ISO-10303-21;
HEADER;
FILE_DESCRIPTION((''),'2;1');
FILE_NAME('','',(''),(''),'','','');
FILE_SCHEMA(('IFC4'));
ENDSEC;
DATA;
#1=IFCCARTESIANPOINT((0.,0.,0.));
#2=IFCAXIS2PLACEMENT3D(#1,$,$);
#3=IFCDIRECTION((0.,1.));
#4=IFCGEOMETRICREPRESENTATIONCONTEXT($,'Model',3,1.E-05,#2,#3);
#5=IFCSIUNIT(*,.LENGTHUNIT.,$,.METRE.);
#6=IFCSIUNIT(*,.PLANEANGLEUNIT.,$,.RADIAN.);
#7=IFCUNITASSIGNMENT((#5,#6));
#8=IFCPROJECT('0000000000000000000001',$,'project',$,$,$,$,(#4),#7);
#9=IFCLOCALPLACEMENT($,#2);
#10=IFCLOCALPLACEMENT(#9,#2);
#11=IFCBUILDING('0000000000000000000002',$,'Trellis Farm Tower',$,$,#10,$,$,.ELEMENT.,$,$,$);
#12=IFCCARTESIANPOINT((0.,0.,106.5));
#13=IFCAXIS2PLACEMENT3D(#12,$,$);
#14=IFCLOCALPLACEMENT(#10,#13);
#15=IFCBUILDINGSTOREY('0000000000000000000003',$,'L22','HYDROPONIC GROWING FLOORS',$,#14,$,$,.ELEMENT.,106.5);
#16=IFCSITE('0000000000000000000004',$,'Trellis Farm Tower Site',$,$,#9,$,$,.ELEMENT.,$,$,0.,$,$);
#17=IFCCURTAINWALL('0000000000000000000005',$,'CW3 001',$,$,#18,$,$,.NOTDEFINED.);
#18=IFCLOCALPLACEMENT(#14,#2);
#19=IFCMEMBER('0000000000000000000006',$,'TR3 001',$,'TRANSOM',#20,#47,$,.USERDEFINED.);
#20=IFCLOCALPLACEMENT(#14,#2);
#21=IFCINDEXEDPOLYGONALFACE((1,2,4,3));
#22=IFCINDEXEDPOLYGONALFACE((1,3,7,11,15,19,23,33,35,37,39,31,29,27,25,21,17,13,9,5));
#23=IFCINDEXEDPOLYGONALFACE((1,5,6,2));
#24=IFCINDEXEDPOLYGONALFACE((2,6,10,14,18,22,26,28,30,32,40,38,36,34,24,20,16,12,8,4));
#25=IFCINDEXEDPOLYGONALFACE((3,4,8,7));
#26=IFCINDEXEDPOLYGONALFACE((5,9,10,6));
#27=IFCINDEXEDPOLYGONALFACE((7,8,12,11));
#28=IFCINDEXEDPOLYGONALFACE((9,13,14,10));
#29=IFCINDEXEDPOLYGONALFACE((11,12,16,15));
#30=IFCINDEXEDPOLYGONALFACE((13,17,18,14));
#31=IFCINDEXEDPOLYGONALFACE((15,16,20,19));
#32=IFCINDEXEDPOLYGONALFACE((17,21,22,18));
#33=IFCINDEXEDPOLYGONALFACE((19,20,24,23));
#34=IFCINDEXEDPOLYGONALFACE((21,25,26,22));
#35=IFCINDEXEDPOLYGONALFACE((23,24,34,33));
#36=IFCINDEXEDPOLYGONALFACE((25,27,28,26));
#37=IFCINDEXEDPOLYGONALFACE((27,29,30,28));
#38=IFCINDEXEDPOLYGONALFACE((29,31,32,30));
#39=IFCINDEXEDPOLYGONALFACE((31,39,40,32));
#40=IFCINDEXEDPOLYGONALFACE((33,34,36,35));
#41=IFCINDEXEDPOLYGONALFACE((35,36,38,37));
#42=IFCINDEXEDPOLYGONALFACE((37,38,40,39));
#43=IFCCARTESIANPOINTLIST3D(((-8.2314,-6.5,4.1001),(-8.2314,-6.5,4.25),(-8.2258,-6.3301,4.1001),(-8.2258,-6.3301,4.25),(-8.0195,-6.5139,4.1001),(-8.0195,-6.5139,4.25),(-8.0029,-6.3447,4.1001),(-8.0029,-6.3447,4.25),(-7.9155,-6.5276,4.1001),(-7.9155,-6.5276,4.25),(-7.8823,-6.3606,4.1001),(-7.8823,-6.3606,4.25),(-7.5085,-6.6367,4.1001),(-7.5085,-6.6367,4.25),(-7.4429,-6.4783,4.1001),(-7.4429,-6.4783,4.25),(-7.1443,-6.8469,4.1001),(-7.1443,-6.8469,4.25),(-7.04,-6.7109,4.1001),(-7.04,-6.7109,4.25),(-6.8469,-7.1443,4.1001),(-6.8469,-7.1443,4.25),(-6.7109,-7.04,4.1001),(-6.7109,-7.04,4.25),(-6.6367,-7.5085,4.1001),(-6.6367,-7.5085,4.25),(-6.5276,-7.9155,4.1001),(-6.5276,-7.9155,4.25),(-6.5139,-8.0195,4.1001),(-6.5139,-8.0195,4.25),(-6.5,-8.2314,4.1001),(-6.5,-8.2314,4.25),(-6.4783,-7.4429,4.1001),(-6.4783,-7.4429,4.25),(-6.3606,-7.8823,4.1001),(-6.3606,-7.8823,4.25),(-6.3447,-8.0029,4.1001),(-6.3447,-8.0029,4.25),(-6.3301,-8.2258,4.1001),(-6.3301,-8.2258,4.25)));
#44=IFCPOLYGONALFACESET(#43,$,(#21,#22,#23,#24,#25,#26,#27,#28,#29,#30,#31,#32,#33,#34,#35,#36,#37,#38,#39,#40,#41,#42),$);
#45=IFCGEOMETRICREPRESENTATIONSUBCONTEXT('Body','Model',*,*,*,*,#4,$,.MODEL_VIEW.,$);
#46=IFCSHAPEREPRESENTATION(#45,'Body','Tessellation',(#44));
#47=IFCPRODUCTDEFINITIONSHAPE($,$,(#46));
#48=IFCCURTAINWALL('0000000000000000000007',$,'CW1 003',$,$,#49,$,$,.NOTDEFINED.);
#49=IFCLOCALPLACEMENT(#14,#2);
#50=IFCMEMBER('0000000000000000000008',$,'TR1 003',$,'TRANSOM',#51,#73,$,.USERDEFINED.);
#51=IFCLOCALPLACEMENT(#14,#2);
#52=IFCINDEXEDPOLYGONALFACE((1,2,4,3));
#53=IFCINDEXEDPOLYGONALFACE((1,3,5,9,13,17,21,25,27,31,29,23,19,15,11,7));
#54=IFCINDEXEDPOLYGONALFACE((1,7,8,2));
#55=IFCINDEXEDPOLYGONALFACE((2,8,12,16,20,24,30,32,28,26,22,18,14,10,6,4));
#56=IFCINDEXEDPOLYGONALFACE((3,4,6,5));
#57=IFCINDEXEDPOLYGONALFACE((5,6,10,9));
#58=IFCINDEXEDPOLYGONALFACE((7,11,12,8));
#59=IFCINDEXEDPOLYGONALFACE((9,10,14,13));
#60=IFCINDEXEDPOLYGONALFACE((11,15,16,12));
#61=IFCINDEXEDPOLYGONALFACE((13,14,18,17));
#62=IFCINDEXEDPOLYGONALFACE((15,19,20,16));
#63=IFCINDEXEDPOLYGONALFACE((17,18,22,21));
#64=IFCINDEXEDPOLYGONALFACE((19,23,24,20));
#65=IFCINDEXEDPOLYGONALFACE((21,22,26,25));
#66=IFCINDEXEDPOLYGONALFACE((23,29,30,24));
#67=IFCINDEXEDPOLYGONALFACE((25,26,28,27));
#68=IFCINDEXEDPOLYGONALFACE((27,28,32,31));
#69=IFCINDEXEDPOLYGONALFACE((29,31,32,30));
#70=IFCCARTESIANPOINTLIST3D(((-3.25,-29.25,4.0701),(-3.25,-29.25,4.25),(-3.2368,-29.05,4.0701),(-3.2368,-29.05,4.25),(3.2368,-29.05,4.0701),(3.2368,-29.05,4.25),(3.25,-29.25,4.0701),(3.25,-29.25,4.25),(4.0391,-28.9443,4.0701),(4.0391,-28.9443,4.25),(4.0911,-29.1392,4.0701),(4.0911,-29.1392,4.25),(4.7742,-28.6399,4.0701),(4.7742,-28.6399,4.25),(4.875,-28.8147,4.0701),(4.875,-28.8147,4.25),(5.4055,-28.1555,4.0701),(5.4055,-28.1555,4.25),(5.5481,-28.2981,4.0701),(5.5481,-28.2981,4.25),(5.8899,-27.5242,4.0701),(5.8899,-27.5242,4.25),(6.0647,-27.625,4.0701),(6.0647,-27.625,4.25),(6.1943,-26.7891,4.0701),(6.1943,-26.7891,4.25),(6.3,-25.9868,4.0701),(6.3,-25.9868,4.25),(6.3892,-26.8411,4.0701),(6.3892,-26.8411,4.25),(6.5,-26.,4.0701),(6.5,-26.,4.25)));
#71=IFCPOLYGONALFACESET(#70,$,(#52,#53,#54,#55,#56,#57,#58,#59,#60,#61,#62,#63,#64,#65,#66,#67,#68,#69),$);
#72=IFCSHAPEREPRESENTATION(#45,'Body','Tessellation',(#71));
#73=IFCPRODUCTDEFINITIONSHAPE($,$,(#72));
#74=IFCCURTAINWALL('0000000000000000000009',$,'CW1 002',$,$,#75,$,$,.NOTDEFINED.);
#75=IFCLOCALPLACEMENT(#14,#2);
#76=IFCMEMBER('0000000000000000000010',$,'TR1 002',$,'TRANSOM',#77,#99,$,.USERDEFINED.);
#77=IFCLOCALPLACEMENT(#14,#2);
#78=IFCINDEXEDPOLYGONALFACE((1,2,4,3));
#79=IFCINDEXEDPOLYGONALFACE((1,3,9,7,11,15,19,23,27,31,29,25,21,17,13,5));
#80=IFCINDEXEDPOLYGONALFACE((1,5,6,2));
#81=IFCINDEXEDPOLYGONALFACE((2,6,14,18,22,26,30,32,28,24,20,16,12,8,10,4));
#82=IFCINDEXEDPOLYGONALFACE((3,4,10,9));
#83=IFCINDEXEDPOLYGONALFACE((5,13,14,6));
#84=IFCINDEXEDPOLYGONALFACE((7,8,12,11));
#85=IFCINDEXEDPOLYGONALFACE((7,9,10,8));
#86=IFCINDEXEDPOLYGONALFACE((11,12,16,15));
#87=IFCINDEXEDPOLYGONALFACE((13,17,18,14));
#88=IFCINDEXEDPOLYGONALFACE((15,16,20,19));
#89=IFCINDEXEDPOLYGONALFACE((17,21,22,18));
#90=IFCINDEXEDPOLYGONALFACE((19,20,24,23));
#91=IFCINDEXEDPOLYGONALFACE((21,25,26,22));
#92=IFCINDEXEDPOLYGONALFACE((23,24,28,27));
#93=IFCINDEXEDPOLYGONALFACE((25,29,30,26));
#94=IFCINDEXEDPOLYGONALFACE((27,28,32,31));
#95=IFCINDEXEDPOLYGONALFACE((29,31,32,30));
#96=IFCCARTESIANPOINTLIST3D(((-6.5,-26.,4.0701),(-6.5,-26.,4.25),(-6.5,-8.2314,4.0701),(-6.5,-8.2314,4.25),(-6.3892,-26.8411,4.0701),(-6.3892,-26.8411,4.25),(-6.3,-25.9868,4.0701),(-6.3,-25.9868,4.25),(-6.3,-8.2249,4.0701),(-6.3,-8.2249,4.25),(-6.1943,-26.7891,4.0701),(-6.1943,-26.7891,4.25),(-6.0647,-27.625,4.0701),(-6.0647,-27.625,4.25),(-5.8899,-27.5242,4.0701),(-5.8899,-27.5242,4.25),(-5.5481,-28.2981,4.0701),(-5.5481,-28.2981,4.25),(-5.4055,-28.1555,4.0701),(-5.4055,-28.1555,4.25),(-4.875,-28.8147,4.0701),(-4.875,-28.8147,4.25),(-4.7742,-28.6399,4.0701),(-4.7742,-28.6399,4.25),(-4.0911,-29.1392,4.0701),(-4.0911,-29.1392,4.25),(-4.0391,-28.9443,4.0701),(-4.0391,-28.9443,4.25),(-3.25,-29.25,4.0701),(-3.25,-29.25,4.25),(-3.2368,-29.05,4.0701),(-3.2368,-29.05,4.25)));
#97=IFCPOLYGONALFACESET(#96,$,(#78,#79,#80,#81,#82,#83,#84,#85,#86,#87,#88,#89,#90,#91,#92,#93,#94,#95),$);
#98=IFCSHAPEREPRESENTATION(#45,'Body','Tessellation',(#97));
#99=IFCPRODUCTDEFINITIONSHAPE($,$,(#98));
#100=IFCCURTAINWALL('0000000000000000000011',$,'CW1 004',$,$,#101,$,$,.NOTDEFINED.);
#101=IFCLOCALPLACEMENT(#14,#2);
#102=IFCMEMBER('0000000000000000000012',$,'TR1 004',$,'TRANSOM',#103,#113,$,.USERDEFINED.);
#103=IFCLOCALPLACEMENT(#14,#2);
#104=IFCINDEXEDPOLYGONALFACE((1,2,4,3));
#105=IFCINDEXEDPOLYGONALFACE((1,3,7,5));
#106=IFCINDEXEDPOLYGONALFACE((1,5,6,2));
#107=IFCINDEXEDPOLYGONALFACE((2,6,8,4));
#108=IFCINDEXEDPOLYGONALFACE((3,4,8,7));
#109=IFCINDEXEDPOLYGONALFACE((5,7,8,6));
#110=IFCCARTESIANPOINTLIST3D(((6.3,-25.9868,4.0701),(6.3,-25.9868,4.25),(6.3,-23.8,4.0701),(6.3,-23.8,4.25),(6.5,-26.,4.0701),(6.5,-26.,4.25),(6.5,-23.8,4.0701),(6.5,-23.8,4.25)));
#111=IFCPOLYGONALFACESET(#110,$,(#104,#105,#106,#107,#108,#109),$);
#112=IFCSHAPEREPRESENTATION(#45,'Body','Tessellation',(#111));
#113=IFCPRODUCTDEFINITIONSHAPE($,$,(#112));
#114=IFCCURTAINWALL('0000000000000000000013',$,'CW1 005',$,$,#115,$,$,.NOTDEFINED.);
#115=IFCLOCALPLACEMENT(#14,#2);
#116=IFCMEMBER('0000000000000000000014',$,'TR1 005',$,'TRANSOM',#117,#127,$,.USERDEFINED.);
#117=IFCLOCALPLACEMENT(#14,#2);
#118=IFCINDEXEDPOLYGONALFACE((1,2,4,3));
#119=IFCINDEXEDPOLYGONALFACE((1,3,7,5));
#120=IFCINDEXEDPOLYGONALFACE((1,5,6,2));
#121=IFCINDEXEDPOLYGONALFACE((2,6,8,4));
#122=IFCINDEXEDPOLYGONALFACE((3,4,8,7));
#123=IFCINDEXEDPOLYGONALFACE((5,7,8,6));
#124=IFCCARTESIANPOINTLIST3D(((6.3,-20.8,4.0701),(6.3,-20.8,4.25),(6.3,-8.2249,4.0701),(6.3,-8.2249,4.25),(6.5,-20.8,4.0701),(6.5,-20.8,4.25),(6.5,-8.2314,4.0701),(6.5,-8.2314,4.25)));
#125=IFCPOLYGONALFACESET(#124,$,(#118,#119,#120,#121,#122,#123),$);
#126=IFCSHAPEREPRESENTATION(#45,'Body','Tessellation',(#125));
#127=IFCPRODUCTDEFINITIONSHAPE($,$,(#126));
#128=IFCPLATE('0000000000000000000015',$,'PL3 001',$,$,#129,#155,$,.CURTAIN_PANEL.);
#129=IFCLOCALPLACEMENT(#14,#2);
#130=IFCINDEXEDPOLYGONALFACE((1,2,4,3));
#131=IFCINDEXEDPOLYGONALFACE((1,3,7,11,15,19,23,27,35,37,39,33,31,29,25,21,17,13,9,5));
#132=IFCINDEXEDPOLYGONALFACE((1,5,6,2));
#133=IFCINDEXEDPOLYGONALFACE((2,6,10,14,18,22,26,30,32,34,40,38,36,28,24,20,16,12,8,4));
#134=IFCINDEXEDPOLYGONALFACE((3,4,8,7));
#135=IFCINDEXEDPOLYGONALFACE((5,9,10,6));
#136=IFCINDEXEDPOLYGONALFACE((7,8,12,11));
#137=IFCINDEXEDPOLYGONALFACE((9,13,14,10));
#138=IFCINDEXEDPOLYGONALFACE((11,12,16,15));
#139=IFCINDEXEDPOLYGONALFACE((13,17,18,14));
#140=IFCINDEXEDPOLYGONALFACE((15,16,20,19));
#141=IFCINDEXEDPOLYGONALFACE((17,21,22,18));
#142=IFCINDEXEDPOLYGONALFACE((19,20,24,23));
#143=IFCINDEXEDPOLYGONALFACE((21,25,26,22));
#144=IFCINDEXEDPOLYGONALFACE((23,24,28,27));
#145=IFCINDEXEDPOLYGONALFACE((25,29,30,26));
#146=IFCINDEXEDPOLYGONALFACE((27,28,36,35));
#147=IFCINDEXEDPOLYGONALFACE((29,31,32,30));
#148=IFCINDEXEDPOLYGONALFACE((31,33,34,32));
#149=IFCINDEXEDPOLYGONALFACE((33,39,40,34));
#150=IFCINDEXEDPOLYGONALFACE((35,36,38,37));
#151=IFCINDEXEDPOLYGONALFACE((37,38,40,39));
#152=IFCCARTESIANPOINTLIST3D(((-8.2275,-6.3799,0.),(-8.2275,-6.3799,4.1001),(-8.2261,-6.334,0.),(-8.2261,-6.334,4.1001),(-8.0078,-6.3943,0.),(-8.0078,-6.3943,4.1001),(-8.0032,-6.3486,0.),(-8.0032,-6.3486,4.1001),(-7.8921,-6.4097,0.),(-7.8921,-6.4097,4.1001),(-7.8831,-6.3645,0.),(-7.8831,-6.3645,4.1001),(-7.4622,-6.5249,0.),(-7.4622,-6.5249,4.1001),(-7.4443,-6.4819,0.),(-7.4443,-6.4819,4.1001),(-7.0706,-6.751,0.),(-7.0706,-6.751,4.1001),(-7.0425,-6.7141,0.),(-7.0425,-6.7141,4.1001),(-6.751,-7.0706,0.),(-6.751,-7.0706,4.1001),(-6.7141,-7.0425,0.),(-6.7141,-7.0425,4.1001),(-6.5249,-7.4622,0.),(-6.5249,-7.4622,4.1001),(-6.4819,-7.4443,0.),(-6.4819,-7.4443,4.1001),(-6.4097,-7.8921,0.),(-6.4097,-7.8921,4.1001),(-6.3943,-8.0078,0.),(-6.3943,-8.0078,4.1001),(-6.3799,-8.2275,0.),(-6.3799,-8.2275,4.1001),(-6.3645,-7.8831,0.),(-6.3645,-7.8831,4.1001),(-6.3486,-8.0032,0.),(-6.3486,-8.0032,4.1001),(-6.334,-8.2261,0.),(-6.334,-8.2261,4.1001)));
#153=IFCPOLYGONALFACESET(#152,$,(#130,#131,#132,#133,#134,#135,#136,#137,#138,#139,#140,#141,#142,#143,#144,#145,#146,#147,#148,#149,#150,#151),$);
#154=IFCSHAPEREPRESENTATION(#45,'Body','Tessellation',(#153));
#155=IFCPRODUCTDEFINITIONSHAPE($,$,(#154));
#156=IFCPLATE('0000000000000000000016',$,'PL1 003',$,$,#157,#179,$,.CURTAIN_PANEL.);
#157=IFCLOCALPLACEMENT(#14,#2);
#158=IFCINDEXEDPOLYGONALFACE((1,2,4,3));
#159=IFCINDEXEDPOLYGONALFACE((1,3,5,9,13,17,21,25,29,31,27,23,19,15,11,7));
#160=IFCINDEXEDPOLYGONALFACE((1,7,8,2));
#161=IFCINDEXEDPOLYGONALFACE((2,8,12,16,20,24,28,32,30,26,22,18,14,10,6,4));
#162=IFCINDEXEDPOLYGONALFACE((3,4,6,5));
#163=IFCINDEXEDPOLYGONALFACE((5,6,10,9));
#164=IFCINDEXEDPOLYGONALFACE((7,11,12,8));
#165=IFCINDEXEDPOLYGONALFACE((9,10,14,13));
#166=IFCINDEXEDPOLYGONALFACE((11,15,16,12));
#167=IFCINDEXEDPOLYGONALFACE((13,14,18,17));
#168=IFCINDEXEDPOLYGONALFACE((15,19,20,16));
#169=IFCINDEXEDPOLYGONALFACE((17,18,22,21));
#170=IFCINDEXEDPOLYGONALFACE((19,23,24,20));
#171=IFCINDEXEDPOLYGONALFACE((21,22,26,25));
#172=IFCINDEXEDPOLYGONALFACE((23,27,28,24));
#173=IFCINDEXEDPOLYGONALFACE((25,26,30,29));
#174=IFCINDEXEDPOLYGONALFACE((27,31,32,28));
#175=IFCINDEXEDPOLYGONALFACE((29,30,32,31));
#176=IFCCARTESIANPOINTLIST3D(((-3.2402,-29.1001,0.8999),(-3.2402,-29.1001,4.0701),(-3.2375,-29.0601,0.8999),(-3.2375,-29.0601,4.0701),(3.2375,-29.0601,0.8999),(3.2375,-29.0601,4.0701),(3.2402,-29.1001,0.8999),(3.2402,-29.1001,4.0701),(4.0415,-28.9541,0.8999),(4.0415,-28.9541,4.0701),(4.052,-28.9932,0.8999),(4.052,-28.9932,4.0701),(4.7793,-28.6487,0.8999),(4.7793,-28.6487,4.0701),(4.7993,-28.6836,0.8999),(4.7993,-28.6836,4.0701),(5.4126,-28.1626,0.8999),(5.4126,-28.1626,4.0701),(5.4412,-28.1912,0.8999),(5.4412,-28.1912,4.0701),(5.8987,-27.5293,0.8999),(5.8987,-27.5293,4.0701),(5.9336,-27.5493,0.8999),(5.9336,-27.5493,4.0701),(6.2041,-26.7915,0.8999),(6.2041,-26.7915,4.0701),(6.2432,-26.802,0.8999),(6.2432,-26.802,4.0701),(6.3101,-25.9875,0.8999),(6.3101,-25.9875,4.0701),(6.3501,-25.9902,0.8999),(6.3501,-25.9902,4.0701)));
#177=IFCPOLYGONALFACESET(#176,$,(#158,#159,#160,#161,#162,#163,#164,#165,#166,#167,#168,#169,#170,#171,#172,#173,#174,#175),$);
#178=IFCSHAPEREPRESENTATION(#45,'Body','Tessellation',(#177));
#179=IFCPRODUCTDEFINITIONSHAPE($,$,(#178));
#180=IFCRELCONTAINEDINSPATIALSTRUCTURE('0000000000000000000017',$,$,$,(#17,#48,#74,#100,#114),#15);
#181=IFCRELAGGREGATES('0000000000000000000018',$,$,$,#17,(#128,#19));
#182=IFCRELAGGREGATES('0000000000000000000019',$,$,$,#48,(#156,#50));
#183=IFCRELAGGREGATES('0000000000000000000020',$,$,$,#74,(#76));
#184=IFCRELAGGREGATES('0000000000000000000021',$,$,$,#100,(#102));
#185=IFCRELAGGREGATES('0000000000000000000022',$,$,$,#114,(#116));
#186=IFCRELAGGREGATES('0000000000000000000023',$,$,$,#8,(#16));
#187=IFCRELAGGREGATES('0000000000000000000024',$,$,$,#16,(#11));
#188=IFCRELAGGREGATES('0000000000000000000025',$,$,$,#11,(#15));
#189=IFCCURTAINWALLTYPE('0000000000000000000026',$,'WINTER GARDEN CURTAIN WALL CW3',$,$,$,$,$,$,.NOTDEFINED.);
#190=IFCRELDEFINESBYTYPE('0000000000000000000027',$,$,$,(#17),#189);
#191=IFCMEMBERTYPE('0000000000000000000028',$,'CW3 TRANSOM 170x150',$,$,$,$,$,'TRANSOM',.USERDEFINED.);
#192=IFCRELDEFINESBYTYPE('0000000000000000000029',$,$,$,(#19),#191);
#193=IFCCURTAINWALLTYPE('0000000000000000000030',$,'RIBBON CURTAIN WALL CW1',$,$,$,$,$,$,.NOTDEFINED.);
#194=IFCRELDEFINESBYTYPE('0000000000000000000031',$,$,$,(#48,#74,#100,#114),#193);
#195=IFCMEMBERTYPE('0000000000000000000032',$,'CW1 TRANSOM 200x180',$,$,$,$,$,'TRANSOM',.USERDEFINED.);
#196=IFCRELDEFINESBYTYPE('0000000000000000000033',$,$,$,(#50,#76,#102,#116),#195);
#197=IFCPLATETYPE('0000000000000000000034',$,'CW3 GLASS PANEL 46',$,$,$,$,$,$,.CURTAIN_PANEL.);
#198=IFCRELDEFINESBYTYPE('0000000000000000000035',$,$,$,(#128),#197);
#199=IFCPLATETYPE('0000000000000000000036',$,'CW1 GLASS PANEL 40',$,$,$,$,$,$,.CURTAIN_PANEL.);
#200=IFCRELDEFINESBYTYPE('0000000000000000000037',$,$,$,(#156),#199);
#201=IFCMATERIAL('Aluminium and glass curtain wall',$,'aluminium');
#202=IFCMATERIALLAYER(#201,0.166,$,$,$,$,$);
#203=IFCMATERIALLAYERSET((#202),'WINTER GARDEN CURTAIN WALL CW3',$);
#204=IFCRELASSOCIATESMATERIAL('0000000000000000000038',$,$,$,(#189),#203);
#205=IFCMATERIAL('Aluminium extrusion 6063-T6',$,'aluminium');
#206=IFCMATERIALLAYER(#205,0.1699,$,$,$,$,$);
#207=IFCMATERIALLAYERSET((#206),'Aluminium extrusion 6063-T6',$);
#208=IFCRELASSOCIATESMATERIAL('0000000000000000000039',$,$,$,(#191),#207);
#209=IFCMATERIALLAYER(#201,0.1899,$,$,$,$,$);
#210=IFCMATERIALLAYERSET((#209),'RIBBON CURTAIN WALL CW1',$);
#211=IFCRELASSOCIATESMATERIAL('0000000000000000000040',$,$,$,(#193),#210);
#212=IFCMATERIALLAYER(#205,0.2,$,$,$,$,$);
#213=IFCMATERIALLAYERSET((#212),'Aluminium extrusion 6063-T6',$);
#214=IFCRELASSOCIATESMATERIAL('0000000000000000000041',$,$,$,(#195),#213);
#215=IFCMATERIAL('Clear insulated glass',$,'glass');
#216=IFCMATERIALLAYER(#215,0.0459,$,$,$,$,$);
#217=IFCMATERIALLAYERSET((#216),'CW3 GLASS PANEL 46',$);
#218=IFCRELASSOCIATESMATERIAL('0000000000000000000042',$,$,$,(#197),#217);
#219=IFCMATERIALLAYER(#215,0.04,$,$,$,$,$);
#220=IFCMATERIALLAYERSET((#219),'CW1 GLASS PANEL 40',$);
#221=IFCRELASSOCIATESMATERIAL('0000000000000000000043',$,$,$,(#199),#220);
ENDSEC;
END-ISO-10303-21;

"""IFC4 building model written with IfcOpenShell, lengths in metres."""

from ifc_helpers import new_model, si_unit, direction, frame, origin, place, context, subcontext, project, spatial, polyline, outline, extrude, source, transform, mapped, material, layer, layer_set, type_object, element, aggregate, save


model = new_model("IFC4")

# Units and contexts
model_context = context("Model", 3, precision=1e-05, world=origin(), true_north=direction((0.0, 1.0)))
body_context = subcontext(model_context, "Body", "Model", "MODEL_VIEW")
ifc_project = project(units=[si_unit("LENGTHUNIT", "METRE"), si_unit("PLANEANGLEUNIT", "RADIAN")], contexts=[model_context])

# Site, building, storey
site_placement = place(None, origin())
site = spatial("IfcSite", under=ifc_project, at=site_placement, Name="Trellis Farm Tower Site", CompositionType="ELEMENT", RefElevation=0.0)
building_placement = place(site_placement, origin())
building = spatial("IfcBuilding", under=site, at=building_placement, Name="Trellis Farm Tower", CompositionType="ELEMENT")
storey_placement = place(building_placement, frame((0.0, 0.0, 106.5)))
storey = spatial("IfcBuildingStorey", under=building, at=storey_placement, Name="L22", Description="HYDROPONIC GROWING FLOORS", CompositionType="ELEMENT", Elevation=106.5)

# Curtain walls, members
ifc_material_1 = material(Name="Aluminium and glass curtain wall", Category="aluminium")
ifc_layer_1 = layer(ifc_material_1, 0.166)
ifc_layer_set_1 = layer_set([ifc_layer_1], Name="WINTER GARDEN CURTAIN WALL CW3")
curtain_wall_type_1 = type_object("IfcCurtainWallType", Name="WINTER GARDEN CURTAIN WALL CW3", PredefinedType="NOTDEFINED", material=ifc_layer_set_1)
placement_1 = place(storey_placement, origin())
curtain_wall_1 = element("IfcCurtainWall", 1, at=placement_1, inside=storey, type_object=curtain_wall_type_1, Name="CW3 001", PredefinedType="NOTDEFINED")
ifc_material_2 = material(Name="Aluminium extrusion 6063-T6", Category="aluminium")
ifc_layer_2 = layer(ifc_material_2, 0.1699)
ifc_layer_set_2 = layer_set([ifc_layer_2], Name="Aluminium extrusion 6063-T6")
member_type_1 = type_object("IfcMemberType", Name="CW3 TRANSOM 170x150", ElementType="TRANSOM", PredefinedType="USERDEFINED", material=ifc_layer_set_2)
shared_shape_1 = source(origin(), body_context, "Body", "SweptSolid", [
    extrude(outline(polyline([(-8.2314, -6.5), (-8.0195, -6.5139), (-7.9155, -6.5276), (-7.5085, -6.6367), (-7.1443, -6.8469), (-6.8469, -7.1443), (-6.6367, -7.5085), (-6.5276, -7.9155), (-6.5139, -8.0195), (-6.5, -8.2314), (-6.3301, -8.2258), (-6.3447, -8.0029), (-6.3606, -7.8823), (-6.4783, -7.4429), (-6.7109, -7.04), (-7.04, -6.7109), (-7.4429, -6.4783), (-7.8823, -6.3606), (-8.0029, -6.3447), (-8.2258, -6.3301), (-8.2314, -6.5)])), origin(), (0.0, 0.0, 1.0), 0.1499),
])
member_1_placement = place(storey_placement, frame((0.0, 0.0, 4.1001)))
member_1 = element("IfcMember", 2, at=member_1_placement, type_object=member_type_1, Name="TR3 001", ObjectType="TRANSOM", PredefinedType="USERDEFINED", context=body_context, shape_type="MappedRepresentation", body=[
    mapped(shared_shape_1, transform((0.0, 0.0, 0.0))),
])
ifc_layer_3 = layer(ifc_material_1, 0.1899)
ifc_layer_set_3 = layer_set([ifc_layer_3], Name="RIBBON CURTAIN WALL CW1")
curtain_wall_type_2 = type_object("IfcCurtainWallType", Name="RIBBON CURTAIN WALL CW1", PredefinedType="NOTDEFINED", material=ifc_layer_set_3)
curtain_wall_2 = element("IfcCurtainWall", 3, at=placement_1, inside=storey, type_object=curtain_wall_type_2, Name="CW1 003", PredefinedType="NOTDEFINED")
ifc_layer_4 = layer(ifc_material_2, 0.2)
ifc_layer_set_4 = layer_set([ifc_layer_4], Name="Aluminium extrusion 6063-T6")
member_type_2 = type_object("IfcMemberType", Name="CW1 TRANSOM 200x180", ElementType="TRANSOM", PredefinedType="USERDEFINED", material=ifc_layer_set_4)
shared_shape_2 = source(origin(), body_context, "Body", "SweptSolid", [
    extrude(outline(polyline([(-3.25, -29.25), (3.25, -29.25), (4.0911, -29.1392), (4.875, -28.8147), (5.5481, -28.2981), (6.0647, -27.625), (6.3892, -26.8411), (6.5, -26.0), (6.3, -25.9868), (6.1943, -26.7891), (5.8899, -27.5242), (5.4055, -28.1555), (4.7742, -28.6399), (4.0391, -28.9443), (3.2368, -29.05), (-3.2368, -29.05), (-3.25, -29.25)])), origin(), (0.0, 0.0, 1.0), 0.1799),
])
placement_2 = place(storey_placement, frame((0.0, 0.0, 4.0701)))
member_2 = element("IfcMember", 4, at=placement_2, type_object=member_type_2, Name="TR1 003", ObjectType="TRANSOM", PredefinedType="USERDEFINED", context=body_context, shape_type="MappedRepresentation", body=[
    mapped(shared_shape_2, transform((0.0, 0.0, 0.0))),
])
curtain_wall_3 = element("IfcCurtainWall", 5, at=placement_1, inside=storey, type_object=curtain_wall_type_2, Name="CW1 002", PredefinedType="NOTDEFINED")
shared_shape_3 = source(origin(), body_context, "Body", "SweptSolid", [
    extrude(outline(polyline([(-6.5, -8.2314), (-6.5, -26.0), (-6.3892, -26.8411), (-6.0647, -27.625), (-5.5481, -28.2981), (-4.875, -28.8147), (-4.0911, -29.1392), (-3.25, -29.25), (-3.2368, -29.05), (-4.0391, -28.9443), (-4.7742, -28.6399), (-5.4055, -28.1555), (-5.8899, -27.5242), (-6.1943, -26.7891), (-6.3, -25.9868), (-6.3, -8.2249), (-6.5, -8.2314)])), origin(), (0.0, 0.0, 1.0), 0.1799),
])
member_3 = element("IfcMember", 6, at=placement_2, type_object=member_type_2, Name="TR1 002", ObjectType="TRANSOM", PredefinedType="USERDEFINED", context=body_context, shape_type="MappedRepresentation", body=[
    mapped(shared_shape_3, transform((0.0, 0.0, 0.0))),
])
curtain_wall_4 = element("IfcCurtainWall", 7, at=placement_1, inside=storey, type_object=curtain_wall_type_2, Name="CW1 004", PredefinedType="NOTDEFINED")
shared_shape_4 = source(origin(), body_context, "Body", "SweptSolid", [
    extrude(outline(polyline([(6.5, -26.0), (6.5, -23.8), (6.3, -23.8), (6.3, -25.9868), (6.5, -26.0)])), origin(), (0.0, 0.0, 1.0), 0.1799),
])
member_4 = element("IfcMember", 8, at=placement_2, type_object=member_type_2, Name="TR1 004", ObjectType="TRANSOM", PredefinedType="USERDEFINED", context=body_context, shape_type="MappedRepresentation", body=[
    mapped(shared_shape_4, transform((0.0, 0.0, 0.0))),
])
curtain_wall_5 = element("IfcCurtainWall", 9, at=placement_1, inside=storey, type_object=curtain_wall_type_2, Name="CW1 005", PredefinedType="NOTDEFINED")
shared_shape_5 = source(origin(), body_context, "Body", "SweptSolid", [
    extrude(outline(polyline([(6.5, -20.8), (6.5, -8.2314), (6.3, -8.2249), (6.3, -20.8), (6.5, -20.8)])), origin(), (0.0, 0.0, 1.0), 0.1799),
])
member_5 = element("IfcMember", 10, at=placement_2, type_object=member_type_2, Name="TR1 005", ObjectType="TRANSOM", PredefinedType="USERDEFINED", context=body_context, shape_type="MappedRepresentation", body=[
    mapped(shared_shape_5, transform((0.0, 0.0, 0.0))),
])

# Plates
ifc_material_3 = material(Name="Clear insulated glass", Category="glass")
ifc_layer_5 = layer(ifc_material_3, 0.0459)
ifc_layer_set_5 = layer_set([ifc_layer_5], Name="CW3 GLASS PANEL 46")
plate_type_1 = type_object("IfcPlateType", Name="CW3 GLASS PANEL 46", PredefinedType="CURTAIN_PANEL", material=ifc_layer_set_5)
shared_shape_6 = source(origin(), body_context, "Body", "SweptSolid", [
    extrude(outline(polyline([(-8.2275, -6.3799), (-8.0078, -6.3943), (-7.8921, -6.4097), (-7.4622, -6.5249), (-7.0706, -6.751), (-6.751, -7.0706), (-6.5249, -7.4622), (-6.4097, -7.8921), (-6.3943, -8.0078), (-6.3799, -8.2275), (-6.334, -8.2261), (-6.3486, -8.0032), (-6.3645, -7.8831), (-6.4819, -7.4443), (-6.7141, -7.0425), (-7.0425, -6.7141), (-7.4443, -6.4819), (-7.8831, -6.3645), (-8.0032, -6.3486), (-8.2261, -6.334), (-8.2275, -6.3799)])), origin(), (0.0, 0.0, 1.0), 4.1001),
])
plate_1 = element("IfcPlate", 11, at=placement_1, type_object=plate_type_1, Name="PL3 001", PredefinedType="CURTAIN_PANEL", context=body_context, shape_type="MappedRepresentation", body=[
    mapped(shared_shape_6, transform((0.0, 0.0, 0.0))),
])
aggregate(curtain_wall_1, [plate_1, member_1])
ifc_layer_6 = layer(ifc_material_3, 0.04)
ifc_layer_set_6 = layer_set([ifc_layer_6], Name="CW1 GLASS PANEL 40")
plate_type_2 = type_object("IfcPlateType", Name="CW1 GLASS PANEL 40", PredefinedType="CURTAIN_PANEL", material=ifc_layer_set_6)
shared_shape_7 = source(origin(), body_context, "Body", "SweptSolid", [
    extrude(outline(polyline([(-3.2402, -29.1001), (3.2402, -29.1001), (4.052, -28.9932), (4.7993, -28.6836), (5.4412, -28.1912), (5.9336, -27.5493), (6.2432, -26.802), (6.3501, -25.9902), (6.3101, -25.9875), (6.2041, -26.7915), (5.8987, -27.5293), (5.4126, -28.1626), (4.7793, -28.6487), (4.0415, -28.9541), (3.2375, -29.0601), (-3.2375, -29.0601), (-3.2402, -29.1001)])), origin(), (0.0, 0.0, 1.0), 3.1702),
])
placement_3 = place(storey_placement, frame((0.0, 0.0, 0.8999)))
plate_2 = element("IfcPlate", 12, at=placement_3, type_object=plate_type_2, Name="PL1 003", PredefinedType="CURTAIN_PANEL", context=body_context, shape_type="MappedRepresentation", body=[
    mapped(shared_shape_7, transform((0.0, 0.0, 0.0))),
])
aggregate(curtain_wall_2, [plate_2, member_2])
aggregate(curtain_wall_3, [member_3])
aggregate(curtain_wall_4, [member_4])
aggregate(curtain_wall_5, [member_5])

save(model, "model.ifc")
